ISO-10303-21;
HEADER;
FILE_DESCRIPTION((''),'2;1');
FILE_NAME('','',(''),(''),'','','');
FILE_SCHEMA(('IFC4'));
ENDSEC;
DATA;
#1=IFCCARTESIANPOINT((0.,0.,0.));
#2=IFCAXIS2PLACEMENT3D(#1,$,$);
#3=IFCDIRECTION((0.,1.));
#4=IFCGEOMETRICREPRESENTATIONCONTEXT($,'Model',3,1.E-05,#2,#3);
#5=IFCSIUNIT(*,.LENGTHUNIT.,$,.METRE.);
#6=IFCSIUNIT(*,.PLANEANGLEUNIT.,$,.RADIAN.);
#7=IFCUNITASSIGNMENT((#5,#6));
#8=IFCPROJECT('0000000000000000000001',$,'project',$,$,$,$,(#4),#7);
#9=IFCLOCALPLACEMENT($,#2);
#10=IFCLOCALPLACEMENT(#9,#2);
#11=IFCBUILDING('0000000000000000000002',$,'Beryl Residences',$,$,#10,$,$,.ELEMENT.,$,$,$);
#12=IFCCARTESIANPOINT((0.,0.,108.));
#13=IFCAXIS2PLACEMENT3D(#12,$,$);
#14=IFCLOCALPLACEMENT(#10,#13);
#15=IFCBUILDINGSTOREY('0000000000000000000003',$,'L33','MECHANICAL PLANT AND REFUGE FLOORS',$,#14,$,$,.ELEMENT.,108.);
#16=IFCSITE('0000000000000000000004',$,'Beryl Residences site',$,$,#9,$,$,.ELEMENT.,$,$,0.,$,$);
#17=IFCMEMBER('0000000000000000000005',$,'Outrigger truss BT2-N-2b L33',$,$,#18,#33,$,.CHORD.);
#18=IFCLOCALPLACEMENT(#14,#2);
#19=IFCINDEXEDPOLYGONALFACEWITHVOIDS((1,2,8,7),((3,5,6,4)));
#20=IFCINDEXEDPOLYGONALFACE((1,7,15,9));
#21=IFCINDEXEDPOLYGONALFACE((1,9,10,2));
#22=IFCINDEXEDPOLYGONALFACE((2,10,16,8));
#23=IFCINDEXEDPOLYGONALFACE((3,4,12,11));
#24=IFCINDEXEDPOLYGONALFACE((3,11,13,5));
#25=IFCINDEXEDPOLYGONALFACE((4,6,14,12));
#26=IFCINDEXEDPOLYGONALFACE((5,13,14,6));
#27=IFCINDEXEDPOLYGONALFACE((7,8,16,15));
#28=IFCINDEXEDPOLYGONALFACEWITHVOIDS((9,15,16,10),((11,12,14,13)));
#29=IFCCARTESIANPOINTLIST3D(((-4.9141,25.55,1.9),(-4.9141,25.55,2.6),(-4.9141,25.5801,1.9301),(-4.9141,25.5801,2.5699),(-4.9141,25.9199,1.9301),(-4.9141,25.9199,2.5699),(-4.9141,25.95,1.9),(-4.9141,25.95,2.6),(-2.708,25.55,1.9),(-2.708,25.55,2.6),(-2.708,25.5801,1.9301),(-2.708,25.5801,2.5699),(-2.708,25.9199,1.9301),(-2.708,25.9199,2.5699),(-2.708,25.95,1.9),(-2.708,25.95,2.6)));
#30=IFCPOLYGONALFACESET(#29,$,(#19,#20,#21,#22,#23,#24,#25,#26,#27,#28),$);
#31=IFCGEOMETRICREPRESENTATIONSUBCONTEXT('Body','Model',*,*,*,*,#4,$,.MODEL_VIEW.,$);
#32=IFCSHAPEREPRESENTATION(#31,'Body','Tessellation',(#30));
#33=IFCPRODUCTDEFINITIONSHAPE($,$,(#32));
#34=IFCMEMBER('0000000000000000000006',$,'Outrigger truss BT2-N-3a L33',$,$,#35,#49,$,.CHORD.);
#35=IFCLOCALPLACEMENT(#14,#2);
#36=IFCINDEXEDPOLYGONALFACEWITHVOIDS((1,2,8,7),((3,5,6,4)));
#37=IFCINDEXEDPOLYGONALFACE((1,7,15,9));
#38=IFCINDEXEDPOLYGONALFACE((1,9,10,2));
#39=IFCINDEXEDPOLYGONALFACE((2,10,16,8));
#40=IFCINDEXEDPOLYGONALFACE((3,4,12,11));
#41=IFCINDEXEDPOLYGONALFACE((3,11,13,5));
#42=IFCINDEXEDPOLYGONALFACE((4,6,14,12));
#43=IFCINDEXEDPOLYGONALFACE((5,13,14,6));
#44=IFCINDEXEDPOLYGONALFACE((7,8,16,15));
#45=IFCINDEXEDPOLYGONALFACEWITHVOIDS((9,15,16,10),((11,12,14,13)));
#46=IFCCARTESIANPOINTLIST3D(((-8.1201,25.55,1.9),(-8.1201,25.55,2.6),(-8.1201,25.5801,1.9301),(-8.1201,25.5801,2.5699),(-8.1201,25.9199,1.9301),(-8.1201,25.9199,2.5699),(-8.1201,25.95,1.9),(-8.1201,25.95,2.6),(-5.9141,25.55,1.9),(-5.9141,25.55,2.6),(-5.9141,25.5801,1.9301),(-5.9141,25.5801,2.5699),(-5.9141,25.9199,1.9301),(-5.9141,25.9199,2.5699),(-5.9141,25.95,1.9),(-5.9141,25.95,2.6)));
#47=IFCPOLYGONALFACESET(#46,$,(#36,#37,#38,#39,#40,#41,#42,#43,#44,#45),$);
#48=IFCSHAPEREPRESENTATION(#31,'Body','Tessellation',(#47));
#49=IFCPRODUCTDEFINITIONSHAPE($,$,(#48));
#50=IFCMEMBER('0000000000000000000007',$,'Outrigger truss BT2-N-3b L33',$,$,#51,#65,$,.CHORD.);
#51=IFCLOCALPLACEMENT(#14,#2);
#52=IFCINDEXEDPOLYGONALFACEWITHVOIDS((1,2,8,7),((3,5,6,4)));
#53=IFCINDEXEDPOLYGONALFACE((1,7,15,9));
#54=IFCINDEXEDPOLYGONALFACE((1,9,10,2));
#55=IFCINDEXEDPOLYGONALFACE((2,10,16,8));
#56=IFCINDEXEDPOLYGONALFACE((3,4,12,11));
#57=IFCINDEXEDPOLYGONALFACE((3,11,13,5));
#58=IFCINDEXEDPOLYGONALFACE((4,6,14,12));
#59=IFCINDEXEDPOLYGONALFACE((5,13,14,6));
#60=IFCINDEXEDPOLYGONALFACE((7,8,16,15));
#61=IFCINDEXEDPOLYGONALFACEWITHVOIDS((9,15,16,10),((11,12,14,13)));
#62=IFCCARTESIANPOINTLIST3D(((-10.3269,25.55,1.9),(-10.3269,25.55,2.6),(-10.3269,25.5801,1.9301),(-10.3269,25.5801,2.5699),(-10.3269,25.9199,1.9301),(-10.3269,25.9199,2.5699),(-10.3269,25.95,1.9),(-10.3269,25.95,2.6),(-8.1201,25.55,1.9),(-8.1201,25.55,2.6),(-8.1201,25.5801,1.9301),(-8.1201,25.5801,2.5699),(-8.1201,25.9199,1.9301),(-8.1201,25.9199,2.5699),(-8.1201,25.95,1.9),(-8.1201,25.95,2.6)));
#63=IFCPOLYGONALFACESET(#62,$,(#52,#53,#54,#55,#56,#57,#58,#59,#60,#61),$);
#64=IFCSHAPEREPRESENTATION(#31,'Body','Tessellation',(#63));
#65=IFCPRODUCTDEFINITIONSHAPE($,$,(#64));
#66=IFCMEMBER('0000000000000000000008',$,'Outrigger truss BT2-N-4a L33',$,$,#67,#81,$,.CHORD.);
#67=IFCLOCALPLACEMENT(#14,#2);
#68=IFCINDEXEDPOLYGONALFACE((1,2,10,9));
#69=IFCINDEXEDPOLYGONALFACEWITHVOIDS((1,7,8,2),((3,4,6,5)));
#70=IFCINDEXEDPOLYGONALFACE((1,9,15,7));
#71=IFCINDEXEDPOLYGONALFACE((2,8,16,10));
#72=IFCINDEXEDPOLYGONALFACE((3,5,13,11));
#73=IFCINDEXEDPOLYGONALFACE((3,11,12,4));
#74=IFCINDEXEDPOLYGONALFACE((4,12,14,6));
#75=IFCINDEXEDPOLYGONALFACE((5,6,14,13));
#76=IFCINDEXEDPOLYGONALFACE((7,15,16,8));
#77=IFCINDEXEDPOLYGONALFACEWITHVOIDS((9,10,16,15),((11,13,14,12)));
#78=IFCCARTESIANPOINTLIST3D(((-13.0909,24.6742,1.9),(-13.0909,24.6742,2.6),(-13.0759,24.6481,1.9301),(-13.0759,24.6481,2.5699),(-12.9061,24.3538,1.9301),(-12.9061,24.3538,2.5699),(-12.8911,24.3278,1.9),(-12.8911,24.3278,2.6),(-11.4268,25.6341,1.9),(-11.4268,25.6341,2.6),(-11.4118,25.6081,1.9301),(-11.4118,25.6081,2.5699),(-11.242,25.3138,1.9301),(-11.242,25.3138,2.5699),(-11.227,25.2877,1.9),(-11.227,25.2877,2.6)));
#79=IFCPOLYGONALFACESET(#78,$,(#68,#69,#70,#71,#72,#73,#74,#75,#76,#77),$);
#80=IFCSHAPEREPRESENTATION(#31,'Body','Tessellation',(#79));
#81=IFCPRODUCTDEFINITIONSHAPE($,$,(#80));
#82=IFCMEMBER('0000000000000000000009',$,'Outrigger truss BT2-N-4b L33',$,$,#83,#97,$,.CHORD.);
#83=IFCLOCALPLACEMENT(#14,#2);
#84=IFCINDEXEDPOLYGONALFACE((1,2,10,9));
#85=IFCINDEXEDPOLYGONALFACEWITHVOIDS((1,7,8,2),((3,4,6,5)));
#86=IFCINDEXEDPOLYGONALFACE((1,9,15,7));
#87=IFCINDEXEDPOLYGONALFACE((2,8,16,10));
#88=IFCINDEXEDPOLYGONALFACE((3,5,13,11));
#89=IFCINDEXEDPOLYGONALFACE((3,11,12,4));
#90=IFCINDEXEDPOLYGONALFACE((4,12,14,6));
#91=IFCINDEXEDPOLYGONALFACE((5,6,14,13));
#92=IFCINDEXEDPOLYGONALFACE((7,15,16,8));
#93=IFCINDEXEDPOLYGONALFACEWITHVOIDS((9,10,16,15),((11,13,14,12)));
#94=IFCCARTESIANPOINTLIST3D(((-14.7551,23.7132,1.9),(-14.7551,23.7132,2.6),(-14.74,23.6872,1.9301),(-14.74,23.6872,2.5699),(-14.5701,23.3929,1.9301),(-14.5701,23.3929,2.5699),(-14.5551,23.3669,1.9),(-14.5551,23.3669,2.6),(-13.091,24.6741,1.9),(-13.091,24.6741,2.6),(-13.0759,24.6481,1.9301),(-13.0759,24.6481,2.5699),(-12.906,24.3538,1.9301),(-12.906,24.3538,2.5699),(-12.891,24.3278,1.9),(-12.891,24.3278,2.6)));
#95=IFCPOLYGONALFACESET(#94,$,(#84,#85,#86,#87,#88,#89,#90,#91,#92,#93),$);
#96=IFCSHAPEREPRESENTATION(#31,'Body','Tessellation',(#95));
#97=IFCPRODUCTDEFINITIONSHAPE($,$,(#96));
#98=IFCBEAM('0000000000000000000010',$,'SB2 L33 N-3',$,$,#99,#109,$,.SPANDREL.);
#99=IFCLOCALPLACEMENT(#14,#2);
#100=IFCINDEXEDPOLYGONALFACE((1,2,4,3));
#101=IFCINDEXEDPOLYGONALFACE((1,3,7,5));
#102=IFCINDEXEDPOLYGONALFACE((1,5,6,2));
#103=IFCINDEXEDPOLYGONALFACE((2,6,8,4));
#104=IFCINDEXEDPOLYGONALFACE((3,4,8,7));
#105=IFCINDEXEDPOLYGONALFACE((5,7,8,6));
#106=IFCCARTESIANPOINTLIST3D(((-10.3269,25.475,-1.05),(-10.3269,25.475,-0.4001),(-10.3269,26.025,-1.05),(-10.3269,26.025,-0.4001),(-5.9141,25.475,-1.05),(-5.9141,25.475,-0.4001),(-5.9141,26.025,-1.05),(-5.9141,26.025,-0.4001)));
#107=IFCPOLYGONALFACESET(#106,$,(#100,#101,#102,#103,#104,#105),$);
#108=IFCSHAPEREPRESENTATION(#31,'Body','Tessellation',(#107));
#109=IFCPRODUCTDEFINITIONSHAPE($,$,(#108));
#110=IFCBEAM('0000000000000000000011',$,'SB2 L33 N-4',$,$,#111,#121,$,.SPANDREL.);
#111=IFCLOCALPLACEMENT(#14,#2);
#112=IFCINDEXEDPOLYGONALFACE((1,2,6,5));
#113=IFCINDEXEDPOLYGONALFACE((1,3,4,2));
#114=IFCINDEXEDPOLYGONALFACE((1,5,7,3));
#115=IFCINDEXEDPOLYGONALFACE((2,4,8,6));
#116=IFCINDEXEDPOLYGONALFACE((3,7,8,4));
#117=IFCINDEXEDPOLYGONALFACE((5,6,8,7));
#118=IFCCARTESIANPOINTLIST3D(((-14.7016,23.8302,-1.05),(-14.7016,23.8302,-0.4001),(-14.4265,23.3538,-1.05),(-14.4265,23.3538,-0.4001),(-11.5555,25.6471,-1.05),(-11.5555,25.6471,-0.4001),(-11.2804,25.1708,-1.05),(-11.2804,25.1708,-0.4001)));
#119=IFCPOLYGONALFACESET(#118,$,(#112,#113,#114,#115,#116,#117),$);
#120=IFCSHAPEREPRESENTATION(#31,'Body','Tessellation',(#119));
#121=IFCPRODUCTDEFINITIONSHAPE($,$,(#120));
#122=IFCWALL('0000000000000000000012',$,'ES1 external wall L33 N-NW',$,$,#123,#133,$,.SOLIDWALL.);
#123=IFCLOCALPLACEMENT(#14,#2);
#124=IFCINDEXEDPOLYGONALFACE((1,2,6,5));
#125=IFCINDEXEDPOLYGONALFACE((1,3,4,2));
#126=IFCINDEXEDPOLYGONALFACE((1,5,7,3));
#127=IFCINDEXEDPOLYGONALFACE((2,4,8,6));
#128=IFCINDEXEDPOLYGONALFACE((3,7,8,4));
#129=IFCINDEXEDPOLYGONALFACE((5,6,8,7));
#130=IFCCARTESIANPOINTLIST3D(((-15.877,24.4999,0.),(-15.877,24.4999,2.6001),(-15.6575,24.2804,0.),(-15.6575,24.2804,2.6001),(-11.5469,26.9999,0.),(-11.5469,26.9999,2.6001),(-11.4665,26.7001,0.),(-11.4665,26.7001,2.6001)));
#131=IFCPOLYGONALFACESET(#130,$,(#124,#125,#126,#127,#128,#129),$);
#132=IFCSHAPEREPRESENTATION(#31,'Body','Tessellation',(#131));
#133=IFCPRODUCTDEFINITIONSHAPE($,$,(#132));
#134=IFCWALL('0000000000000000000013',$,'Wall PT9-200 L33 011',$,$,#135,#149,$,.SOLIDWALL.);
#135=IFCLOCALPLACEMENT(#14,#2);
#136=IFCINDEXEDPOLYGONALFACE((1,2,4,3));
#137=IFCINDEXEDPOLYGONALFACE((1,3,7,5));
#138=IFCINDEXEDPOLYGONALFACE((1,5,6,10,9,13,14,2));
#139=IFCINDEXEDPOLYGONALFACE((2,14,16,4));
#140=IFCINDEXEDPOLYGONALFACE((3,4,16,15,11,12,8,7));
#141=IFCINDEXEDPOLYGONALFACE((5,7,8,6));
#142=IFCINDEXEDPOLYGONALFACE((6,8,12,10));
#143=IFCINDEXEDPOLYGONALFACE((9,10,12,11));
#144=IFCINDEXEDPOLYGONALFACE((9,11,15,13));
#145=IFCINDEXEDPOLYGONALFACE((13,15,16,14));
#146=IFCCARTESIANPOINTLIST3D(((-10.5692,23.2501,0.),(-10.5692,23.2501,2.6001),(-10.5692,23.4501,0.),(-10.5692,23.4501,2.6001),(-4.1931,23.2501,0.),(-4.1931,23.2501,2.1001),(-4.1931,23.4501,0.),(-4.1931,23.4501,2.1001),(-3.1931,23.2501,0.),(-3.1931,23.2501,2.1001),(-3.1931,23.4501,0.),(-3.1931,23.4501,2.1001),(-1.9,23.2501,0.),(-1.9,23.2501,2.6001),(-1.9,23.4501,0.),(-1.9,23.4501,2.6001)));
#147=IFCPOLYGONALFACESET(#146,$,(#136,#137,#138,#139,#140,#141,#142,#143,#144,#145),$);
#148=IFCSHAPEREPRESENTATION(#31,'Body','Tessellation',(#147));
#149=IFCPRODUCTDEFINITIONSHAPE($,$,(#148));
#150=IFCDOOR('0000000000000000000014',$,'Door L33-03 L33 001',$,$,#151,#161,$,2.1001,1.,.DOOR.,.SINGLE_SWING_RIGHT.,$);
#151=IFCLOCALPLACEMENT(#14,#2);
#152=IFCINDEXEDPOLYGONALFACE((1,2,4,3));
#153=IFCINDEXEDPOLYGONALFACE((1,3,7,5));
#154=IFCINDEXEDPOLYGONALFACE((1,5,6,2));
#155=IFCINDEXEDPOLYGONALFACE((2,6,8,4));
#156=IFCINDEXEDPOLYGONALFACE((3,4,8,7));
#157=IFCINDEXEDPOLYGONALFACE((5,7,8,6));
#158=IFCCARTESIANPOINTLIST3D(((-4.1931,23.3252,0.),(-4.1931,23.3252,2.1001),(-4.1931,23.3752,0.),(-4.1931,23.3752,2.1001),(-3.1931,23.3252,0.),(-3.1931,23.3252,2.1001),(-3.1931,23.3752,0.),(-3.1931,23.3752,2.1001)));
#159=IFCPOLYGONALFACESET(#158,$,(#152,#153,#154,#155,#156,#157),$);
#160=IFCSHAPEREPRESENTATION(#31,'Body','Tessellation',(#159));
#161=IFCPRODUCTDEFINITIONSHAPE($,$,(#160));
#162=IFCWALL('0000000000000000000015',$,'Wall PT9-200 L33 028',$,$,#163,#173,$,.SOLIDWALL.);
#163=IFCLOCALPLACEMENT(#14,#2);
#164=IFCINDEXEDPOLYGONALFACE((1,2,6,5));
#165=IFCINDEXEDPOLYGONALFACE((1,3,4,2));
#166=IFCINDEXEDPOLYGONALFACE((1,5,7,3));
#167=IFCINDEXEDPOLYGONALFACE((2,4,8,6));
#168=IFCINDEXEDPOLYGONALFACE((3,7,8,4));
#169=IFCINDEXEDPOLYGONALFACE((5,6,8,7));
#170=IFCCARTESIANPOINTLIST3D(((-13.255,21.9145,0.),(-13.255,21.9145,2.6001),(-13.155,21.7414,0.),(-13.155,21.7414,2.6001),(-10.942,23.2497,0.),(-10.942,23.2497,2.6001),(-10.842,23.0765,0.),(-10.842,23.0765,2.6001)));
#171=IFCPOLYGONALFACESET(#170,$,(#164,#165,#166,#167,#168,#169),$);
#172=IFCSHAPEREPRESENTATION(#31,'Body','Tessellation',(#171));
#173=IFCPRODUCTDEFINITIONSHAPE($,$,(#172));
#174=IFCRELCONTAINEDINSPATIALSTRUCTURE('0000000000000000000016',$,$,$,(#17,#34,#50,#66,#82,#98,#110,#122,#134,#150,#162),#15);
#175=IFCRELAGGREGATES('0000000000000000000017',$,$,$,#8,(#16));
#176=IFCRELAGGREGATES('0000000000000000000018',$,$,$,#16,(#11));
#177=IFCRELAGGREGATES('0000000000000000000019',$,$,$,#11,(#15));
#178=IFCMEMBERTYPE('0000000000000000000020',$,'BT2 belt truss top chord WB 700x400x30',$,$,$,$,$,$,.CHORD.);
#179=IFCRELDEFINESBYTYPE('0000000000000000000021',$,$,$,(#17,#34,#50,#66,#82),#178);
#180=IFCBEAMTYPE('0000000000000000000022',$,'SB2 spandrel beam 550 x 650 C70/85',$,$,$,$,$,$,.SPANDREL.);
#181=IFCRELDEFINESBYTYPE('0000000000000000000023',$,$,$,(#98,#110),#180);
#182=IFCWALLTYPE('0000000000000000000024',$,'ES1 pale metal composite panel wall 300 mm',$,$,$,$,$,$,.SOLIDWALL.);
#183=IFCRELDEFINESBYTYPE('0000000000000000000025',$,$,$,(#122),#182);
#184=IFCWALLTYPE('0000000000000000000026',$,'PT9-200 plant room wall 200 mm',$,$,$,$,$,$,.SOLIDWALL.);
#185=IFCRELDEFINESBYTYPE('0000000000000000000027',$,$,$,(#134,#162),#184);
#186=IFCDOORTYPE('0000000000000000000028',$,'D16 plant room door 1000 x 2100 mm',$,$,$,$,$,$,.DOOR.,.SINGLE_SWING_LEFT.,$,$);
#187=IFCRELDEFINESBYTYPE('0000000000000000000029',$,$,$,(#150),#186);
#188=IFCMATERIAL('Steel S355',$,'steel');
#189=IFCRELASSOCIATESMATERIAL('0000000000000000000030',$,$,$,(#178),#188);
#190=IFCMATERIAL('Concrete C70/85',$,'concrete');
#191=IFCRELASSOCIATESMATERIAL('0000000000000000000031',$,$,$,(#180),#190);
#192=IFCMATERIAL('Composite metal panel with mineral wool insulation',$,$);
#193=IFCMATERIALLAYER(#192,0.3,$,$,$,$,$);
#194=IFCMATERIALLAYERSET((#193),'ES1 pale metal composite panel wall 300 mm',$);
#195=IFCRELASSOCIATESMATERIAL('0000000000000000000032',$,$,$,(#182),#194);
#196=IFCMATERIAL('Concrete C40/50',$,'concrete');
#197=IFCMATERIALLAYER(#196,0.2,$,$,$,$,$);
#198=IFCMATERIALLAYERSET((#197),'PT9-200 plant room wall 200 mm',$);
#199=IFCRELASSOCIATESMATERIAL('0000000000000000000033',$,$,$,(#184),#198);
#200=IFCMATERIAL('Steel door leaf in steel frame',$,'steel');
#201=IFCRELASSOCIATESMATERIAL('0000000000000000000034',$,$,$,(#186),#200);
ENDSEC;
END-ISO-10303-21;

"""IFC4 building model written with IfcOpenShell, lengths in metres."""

from ifc_helpers import new_model, si_unit, direction, frame, frame_2d, origin, origin_2d, place, context, subcontext, project, spatial, polyline, rectangle, hollow_rectangle, outline, extrude, material, layer, layer_set, material_profile, profile_set, type_object, element, fill, save


model = new_model("IFC4")

# Units and contexts
model_context = context("Model", 3, precision=1e-05, world=origin(), true_north=direction((0.0, 1.0)))
body_context = subcontext(model_context, "Body", "Model", "MODEL_VIEW")
ifc_project = project(units=[si_unit("LENGTHUNIT", "METRE"), si_unit("PLANEANGLEUNIT", "RADIAN")], contexts=[model_context])

# Site, building, storey
site_placement = place(None, origin())
site = spatial("IfcSite", under=ifc_project, at=site_placement, Name="Beryl Residences site", CompositionType="ELEMENT", RefElevation=0.0)
building_placement = place(site_placement, origin())
building = spatial("IfcBuilding", under=site, at=building_placement, Name="Beryl Residences", CompositionType="ELEMENT")
storey_placement = place(building_placement, frame((0.0, 0.0, 108.0)))
storey = spatial("IfcBuildingStorey", under=building, at=storey_placement, Name="L33", Description="MECHANICAL PLANT AND REFUGE FLOORS", CompositionType="ELEMENT", Elevation=108.0)

# Members
ifc_material_1 = material(Name="Steel S355", Category="steel")
ifc_material_profile_1 = material_profile(ifc_material_1, hollow_rectangle(XDim=0.3999, YDim=0.7, WallThickness=0.03, at=origin_2d()))
ifc_profile_set_1 = profile_set([ifc_material_profile_1], Name="Steel S355")
member_type_1 = type_object("IfcMemberType", Name="BT2 belt truss top chord WB 700x400x30", PredefinedType="CHORD", material=ifc_profile_set_1)
for number, where, z_axis, x_axis, name in (
    (1, (-2.708, 25.75, 2.25), (-1.0, 0.0, 0.0), (0.0, -1.0, 0.0), "Outrigger truss BT2-N-2b L33"),
    (2, (-5.9141, 25.75, 2.25), (-1.0, 0.0, 0.0), (0.0, -1.0, 0.0), "Outrigger truss BT2-N-3a L33"),
):
    element("IfcMember", number, at=place(storey_placement, frame(where, z_axis=z_axis, x_axis=x_axis)), inside=storey, type_object=member_type_1, Name=name, PredefinedType="CHORD", context=body_context, shape_type="SweptSolid", body=[
        extrude(hollow_rectangle(XDim=0.3999, YDim=0.7, WallThickness=0.03, at=origin_2d()), origin(), (0.0, 0.0, 1.0), 2.2061),
    ])
member_1_placement = place(storey_placement, frame((-8.1201, 25.75, 2.25), z_axis=(-1.0, 0.0, 0.0), x_axis=(0.0, -1.0, 0.0)))
element("IfcMember", 3, at=member_1_placement, inside=storey, type_object=member_type_1, Name="Outrigger truss BT2-N-3b L33", PredefinedType="CHORD", context=body_context, shape_type="SweptSolid", body=[
    extrude(hollow_rectangle(XDim=0.3999, YDim=0.7, WallThickness=0.03, at=origin_2d()), origin(), (0.0, 0.0, 1.0), 2.2068),
])
member_2_placement = place(storey_placement, frame((-11.3269, 25.4609, 2.25), z_axis=(-0.866203, -0.499693, 0.0), x_axis=(0.499693, -0.866203, 0.0)))
element("IfcMember", 4, at=member_2_placement, inside=storey, type_object=member_type_1, Name="Outrigger truss BT2-N-4a L33", PredefinedType="CHORD", context=body_context, shape_type="SweptSolid", body=[
    extrude(hollow_rectangle(XDim=0.3999, YDim=0.7, WallThickness=0.03, at=origin_2d()), origin(), (0.0, 0.0, 1.0), 1.9211),
])
member_3_placement = place(storey_placement, frame((-12.991, 24.501, 2.25), z_axis=(-0.865982, -0.500074, 0.0), x_axis=(0.500074, -0.865982, 0.0)))
element("IfcMember", 5, at=member_3_placement, inside=storey, type_object=member_type_1, Name="Outrigger truss BT2-N-4b L33", PredefinedType="CHORD", context=body_context, shape_type="SweptSolid", body=[
    extrude(hollow_rectangle(XDim=0.3999, YDim=0.7, WallThickness=0.03, at=origin_2d()), origin(), (0.0, 0.0, 1.0), 1.9216),
])

# Beams
ifc_material_2 = material(Name="Concrete C70/85", Category="concrete")
ifc_material_profile_2 = material_profile(ifc_material_2, rectangle(XDim=0.55, YDim=0.6499, at=origin_2d()))
ifc_profile_set_2 = profile_set([ifc_material_profile_2], Name="Concrete C70/85")
beam_type = type_object("IfcBeamType", Name="SB2 spandrel beam 550 x 650 C70/85", PredefinedType="SPANDREL", material=ifc_profile_set_2)
beam_1_placement = place(storey_placement, frame((-5.9141, 25.75, -0.7251), z_axis=(-1.0, 0.0, 0.0), x_axis=(0.0, -1.0, 0.0)))
element("IfcBeam", 6, at=beam_1_placement, inside=storey, type_object=beam_type, Name="SB2 L33 N-3", PredefinedType="SPANDREL", context=body_context, shape_type="SweptSolid", body=[
    extrude(rectangle(XDim=0.55, YDim=0.6499, at=origin_2d()), origin(), (0.0, 0.0, 1.0), 4.4128),
])
beam_2_placement = place(storey_placement, frame((-11.418, 25.4089, -0.7251), z_axis=(-0.86596, -0.500114, 0.0), x_axis=(0.500114, -0.86596, 0.0)))
element("IfcBeam", 7, at=beam_2_placement, inside=storey, type_object=beam_type, Name="SB2 L33 N-4", PredefinedType="SPANDREL", context=body_context, shape_type="SweptSolid", body=[
    extrude(rectangle(XDim=0.55, YDim=0.6499, at=origin_2d()), origin(), (0.0, 0.0, 1.0), 3.6331),
])

# Wall
ifc_material_3 = material(Name="Composite metal panel with mineral wool insulation")
ifc_layer_1 = layer(ifc_material_3, 0.3)
ifc_layer_set_1 = layer_set([ifc_layer_1], Name="ES1 pale metal composite panel wall 300 mm")
wall_type_1 = type_object("IfcWallType", Name="ES1 pale metal composite panel wall 300 mm", PredefinedType="SOLIDWALL", material=ifc_layer_set_1)
wall_1_placement = place(storey_placement, frame((-11.4719, 26.8701, 0.0), z_axis=(0.0, 0.0, 1.0), x_axis=(-0.866023, -0.500004, 0.0)))
element("IfcWall", 8, at=wall_1_placement, inside=storey, type_object=wall_type_1, Name="ES1 external wall L33 N-NW", PredefinedType="SOLIDWALL", context=body_context, shape_type="SweptSolid", body=[
    extrude(outline(polyline([(0.0, -0.1499), (5.0, -0.1499), (4.9197, 0.1499), (0.0803, 0.1499), (0.0, -0.1499)])), origin(), (0.0, 0.0, 1.0), 2.6001),
])
ifc_material_4 = material(Name="Concrete C40/50", Category="concrete")
ifc_layer_2 = layer(ifc_material_4, 0.2)
ifc_layer_set_2 = layer_set([ifc_layer_2], Name="PT9-200 plant room wall 200 mm")
wall_type_2 = type_object("IfcWallType", Name="PT9-200 plant room wall 200 mm", PredefinedType="SOLIDWALL", material=ifc_layer_set_2)

# Wall, opening, door
wall_2_placement = place(storey_placement, frame((-10.5691, 23.3501, 0.0), z_axis=(0.0, 0.0, 1.0), x_axis=(1.0, 0.0, 0.0)))
wall_2 = element("IfcWall", 9, at=wall_2_placement, inside=storey, type_object=wall_type_2, Name="Wall PT9-200 L33 011", PredefinedType="SOLIDWALL", context=body_context, shape_type="SweptSolid", body=[
    extrude(rectangle(XDim=8.6692, YDim=0.2, at=frame_2d((4.3345, 0.0))), origin(), (0.0, 0.0, 1.0), 2.6001),
])
opening_placement = place(wall_2_placement, frame((7.376, 0.0, 0.0), z_axis=(0.0, 0.0, 1.0), x_axis=(-1.0, 0.0, 0.0)))
opening = element("IfcOpeningElement", 10, at=opening_placement, cuts=wall_2, PredefinedType="OPENING", context=body_context, shape_type="SweptSolid", body=[
    extrude(rectangle(XDim=1.0, YDim=2.1001, at=frame_2d((0.5, 1.05))), frame((0.0, 0.1099, 0.0), z_axis=(0.0, -1.0, 0.0), x_axis=(1.0, 0.0, 0.0)), (0.0, 0.0, 1.0), 0.22),
])
ifc_material_5 = material(Name="Steel door leaf in steel frame", Category="steel")
door_type = type_object("IfcDoorType", Name="D16 plant room door 1000 x 2100 mm", OperationType="SINGLE_SWING_LEFT", PredefinedType="DOOR", material=ifc_material_5)
door_placement = place(opening_placement, origin())
door = element("IfcDoor", 11, at=door_placement, inside=storey, type_object=door_type, Name="Door L33-03 L33 001", OperationType="SINGLE_SWING_RIGHT", OverallHeight=2.1001, OverallWidth=1.0, PredefinedType="DOOR", context=body_context, shape_type="SweptSolid", body=[
    extrude(rectangle(XDim=1.0, YDim=2.1001, at=frame_2d((0.5, 1.05))), frame((0.0, 0.0249, 0.0), z_axis=(0.0, -1.0, 0.0), x_axis=(1.0, 0.0, 0.0)), (0.0, 0.0, 1.0), 0.05),
])
fill(opening, door)

# Wall
wall_3_placement = place(storey_placement, frame((-13.2051, 21.8279, 0.0), z_axis=(0.0, 0.0, 1.0), x_axis=(0.866058, 0.499944, 0.0)))
element("IfcWall", 12, at=wall_3_placement, inside=storey, type_object=wall_type_2, Name="Wall PT9-200 L33 028", PredefinedType="SOLIDWALL", context=body_context, shape_type="SweptSolid", body=[
    extrude(rectangle(XDim=2.6707, YDim=0.2, at=frame_2d((1.3354, 0.0))), origin(), (0.0, 0.0, 1.0), 2.6001),
])

save(model, "model.ifc")
